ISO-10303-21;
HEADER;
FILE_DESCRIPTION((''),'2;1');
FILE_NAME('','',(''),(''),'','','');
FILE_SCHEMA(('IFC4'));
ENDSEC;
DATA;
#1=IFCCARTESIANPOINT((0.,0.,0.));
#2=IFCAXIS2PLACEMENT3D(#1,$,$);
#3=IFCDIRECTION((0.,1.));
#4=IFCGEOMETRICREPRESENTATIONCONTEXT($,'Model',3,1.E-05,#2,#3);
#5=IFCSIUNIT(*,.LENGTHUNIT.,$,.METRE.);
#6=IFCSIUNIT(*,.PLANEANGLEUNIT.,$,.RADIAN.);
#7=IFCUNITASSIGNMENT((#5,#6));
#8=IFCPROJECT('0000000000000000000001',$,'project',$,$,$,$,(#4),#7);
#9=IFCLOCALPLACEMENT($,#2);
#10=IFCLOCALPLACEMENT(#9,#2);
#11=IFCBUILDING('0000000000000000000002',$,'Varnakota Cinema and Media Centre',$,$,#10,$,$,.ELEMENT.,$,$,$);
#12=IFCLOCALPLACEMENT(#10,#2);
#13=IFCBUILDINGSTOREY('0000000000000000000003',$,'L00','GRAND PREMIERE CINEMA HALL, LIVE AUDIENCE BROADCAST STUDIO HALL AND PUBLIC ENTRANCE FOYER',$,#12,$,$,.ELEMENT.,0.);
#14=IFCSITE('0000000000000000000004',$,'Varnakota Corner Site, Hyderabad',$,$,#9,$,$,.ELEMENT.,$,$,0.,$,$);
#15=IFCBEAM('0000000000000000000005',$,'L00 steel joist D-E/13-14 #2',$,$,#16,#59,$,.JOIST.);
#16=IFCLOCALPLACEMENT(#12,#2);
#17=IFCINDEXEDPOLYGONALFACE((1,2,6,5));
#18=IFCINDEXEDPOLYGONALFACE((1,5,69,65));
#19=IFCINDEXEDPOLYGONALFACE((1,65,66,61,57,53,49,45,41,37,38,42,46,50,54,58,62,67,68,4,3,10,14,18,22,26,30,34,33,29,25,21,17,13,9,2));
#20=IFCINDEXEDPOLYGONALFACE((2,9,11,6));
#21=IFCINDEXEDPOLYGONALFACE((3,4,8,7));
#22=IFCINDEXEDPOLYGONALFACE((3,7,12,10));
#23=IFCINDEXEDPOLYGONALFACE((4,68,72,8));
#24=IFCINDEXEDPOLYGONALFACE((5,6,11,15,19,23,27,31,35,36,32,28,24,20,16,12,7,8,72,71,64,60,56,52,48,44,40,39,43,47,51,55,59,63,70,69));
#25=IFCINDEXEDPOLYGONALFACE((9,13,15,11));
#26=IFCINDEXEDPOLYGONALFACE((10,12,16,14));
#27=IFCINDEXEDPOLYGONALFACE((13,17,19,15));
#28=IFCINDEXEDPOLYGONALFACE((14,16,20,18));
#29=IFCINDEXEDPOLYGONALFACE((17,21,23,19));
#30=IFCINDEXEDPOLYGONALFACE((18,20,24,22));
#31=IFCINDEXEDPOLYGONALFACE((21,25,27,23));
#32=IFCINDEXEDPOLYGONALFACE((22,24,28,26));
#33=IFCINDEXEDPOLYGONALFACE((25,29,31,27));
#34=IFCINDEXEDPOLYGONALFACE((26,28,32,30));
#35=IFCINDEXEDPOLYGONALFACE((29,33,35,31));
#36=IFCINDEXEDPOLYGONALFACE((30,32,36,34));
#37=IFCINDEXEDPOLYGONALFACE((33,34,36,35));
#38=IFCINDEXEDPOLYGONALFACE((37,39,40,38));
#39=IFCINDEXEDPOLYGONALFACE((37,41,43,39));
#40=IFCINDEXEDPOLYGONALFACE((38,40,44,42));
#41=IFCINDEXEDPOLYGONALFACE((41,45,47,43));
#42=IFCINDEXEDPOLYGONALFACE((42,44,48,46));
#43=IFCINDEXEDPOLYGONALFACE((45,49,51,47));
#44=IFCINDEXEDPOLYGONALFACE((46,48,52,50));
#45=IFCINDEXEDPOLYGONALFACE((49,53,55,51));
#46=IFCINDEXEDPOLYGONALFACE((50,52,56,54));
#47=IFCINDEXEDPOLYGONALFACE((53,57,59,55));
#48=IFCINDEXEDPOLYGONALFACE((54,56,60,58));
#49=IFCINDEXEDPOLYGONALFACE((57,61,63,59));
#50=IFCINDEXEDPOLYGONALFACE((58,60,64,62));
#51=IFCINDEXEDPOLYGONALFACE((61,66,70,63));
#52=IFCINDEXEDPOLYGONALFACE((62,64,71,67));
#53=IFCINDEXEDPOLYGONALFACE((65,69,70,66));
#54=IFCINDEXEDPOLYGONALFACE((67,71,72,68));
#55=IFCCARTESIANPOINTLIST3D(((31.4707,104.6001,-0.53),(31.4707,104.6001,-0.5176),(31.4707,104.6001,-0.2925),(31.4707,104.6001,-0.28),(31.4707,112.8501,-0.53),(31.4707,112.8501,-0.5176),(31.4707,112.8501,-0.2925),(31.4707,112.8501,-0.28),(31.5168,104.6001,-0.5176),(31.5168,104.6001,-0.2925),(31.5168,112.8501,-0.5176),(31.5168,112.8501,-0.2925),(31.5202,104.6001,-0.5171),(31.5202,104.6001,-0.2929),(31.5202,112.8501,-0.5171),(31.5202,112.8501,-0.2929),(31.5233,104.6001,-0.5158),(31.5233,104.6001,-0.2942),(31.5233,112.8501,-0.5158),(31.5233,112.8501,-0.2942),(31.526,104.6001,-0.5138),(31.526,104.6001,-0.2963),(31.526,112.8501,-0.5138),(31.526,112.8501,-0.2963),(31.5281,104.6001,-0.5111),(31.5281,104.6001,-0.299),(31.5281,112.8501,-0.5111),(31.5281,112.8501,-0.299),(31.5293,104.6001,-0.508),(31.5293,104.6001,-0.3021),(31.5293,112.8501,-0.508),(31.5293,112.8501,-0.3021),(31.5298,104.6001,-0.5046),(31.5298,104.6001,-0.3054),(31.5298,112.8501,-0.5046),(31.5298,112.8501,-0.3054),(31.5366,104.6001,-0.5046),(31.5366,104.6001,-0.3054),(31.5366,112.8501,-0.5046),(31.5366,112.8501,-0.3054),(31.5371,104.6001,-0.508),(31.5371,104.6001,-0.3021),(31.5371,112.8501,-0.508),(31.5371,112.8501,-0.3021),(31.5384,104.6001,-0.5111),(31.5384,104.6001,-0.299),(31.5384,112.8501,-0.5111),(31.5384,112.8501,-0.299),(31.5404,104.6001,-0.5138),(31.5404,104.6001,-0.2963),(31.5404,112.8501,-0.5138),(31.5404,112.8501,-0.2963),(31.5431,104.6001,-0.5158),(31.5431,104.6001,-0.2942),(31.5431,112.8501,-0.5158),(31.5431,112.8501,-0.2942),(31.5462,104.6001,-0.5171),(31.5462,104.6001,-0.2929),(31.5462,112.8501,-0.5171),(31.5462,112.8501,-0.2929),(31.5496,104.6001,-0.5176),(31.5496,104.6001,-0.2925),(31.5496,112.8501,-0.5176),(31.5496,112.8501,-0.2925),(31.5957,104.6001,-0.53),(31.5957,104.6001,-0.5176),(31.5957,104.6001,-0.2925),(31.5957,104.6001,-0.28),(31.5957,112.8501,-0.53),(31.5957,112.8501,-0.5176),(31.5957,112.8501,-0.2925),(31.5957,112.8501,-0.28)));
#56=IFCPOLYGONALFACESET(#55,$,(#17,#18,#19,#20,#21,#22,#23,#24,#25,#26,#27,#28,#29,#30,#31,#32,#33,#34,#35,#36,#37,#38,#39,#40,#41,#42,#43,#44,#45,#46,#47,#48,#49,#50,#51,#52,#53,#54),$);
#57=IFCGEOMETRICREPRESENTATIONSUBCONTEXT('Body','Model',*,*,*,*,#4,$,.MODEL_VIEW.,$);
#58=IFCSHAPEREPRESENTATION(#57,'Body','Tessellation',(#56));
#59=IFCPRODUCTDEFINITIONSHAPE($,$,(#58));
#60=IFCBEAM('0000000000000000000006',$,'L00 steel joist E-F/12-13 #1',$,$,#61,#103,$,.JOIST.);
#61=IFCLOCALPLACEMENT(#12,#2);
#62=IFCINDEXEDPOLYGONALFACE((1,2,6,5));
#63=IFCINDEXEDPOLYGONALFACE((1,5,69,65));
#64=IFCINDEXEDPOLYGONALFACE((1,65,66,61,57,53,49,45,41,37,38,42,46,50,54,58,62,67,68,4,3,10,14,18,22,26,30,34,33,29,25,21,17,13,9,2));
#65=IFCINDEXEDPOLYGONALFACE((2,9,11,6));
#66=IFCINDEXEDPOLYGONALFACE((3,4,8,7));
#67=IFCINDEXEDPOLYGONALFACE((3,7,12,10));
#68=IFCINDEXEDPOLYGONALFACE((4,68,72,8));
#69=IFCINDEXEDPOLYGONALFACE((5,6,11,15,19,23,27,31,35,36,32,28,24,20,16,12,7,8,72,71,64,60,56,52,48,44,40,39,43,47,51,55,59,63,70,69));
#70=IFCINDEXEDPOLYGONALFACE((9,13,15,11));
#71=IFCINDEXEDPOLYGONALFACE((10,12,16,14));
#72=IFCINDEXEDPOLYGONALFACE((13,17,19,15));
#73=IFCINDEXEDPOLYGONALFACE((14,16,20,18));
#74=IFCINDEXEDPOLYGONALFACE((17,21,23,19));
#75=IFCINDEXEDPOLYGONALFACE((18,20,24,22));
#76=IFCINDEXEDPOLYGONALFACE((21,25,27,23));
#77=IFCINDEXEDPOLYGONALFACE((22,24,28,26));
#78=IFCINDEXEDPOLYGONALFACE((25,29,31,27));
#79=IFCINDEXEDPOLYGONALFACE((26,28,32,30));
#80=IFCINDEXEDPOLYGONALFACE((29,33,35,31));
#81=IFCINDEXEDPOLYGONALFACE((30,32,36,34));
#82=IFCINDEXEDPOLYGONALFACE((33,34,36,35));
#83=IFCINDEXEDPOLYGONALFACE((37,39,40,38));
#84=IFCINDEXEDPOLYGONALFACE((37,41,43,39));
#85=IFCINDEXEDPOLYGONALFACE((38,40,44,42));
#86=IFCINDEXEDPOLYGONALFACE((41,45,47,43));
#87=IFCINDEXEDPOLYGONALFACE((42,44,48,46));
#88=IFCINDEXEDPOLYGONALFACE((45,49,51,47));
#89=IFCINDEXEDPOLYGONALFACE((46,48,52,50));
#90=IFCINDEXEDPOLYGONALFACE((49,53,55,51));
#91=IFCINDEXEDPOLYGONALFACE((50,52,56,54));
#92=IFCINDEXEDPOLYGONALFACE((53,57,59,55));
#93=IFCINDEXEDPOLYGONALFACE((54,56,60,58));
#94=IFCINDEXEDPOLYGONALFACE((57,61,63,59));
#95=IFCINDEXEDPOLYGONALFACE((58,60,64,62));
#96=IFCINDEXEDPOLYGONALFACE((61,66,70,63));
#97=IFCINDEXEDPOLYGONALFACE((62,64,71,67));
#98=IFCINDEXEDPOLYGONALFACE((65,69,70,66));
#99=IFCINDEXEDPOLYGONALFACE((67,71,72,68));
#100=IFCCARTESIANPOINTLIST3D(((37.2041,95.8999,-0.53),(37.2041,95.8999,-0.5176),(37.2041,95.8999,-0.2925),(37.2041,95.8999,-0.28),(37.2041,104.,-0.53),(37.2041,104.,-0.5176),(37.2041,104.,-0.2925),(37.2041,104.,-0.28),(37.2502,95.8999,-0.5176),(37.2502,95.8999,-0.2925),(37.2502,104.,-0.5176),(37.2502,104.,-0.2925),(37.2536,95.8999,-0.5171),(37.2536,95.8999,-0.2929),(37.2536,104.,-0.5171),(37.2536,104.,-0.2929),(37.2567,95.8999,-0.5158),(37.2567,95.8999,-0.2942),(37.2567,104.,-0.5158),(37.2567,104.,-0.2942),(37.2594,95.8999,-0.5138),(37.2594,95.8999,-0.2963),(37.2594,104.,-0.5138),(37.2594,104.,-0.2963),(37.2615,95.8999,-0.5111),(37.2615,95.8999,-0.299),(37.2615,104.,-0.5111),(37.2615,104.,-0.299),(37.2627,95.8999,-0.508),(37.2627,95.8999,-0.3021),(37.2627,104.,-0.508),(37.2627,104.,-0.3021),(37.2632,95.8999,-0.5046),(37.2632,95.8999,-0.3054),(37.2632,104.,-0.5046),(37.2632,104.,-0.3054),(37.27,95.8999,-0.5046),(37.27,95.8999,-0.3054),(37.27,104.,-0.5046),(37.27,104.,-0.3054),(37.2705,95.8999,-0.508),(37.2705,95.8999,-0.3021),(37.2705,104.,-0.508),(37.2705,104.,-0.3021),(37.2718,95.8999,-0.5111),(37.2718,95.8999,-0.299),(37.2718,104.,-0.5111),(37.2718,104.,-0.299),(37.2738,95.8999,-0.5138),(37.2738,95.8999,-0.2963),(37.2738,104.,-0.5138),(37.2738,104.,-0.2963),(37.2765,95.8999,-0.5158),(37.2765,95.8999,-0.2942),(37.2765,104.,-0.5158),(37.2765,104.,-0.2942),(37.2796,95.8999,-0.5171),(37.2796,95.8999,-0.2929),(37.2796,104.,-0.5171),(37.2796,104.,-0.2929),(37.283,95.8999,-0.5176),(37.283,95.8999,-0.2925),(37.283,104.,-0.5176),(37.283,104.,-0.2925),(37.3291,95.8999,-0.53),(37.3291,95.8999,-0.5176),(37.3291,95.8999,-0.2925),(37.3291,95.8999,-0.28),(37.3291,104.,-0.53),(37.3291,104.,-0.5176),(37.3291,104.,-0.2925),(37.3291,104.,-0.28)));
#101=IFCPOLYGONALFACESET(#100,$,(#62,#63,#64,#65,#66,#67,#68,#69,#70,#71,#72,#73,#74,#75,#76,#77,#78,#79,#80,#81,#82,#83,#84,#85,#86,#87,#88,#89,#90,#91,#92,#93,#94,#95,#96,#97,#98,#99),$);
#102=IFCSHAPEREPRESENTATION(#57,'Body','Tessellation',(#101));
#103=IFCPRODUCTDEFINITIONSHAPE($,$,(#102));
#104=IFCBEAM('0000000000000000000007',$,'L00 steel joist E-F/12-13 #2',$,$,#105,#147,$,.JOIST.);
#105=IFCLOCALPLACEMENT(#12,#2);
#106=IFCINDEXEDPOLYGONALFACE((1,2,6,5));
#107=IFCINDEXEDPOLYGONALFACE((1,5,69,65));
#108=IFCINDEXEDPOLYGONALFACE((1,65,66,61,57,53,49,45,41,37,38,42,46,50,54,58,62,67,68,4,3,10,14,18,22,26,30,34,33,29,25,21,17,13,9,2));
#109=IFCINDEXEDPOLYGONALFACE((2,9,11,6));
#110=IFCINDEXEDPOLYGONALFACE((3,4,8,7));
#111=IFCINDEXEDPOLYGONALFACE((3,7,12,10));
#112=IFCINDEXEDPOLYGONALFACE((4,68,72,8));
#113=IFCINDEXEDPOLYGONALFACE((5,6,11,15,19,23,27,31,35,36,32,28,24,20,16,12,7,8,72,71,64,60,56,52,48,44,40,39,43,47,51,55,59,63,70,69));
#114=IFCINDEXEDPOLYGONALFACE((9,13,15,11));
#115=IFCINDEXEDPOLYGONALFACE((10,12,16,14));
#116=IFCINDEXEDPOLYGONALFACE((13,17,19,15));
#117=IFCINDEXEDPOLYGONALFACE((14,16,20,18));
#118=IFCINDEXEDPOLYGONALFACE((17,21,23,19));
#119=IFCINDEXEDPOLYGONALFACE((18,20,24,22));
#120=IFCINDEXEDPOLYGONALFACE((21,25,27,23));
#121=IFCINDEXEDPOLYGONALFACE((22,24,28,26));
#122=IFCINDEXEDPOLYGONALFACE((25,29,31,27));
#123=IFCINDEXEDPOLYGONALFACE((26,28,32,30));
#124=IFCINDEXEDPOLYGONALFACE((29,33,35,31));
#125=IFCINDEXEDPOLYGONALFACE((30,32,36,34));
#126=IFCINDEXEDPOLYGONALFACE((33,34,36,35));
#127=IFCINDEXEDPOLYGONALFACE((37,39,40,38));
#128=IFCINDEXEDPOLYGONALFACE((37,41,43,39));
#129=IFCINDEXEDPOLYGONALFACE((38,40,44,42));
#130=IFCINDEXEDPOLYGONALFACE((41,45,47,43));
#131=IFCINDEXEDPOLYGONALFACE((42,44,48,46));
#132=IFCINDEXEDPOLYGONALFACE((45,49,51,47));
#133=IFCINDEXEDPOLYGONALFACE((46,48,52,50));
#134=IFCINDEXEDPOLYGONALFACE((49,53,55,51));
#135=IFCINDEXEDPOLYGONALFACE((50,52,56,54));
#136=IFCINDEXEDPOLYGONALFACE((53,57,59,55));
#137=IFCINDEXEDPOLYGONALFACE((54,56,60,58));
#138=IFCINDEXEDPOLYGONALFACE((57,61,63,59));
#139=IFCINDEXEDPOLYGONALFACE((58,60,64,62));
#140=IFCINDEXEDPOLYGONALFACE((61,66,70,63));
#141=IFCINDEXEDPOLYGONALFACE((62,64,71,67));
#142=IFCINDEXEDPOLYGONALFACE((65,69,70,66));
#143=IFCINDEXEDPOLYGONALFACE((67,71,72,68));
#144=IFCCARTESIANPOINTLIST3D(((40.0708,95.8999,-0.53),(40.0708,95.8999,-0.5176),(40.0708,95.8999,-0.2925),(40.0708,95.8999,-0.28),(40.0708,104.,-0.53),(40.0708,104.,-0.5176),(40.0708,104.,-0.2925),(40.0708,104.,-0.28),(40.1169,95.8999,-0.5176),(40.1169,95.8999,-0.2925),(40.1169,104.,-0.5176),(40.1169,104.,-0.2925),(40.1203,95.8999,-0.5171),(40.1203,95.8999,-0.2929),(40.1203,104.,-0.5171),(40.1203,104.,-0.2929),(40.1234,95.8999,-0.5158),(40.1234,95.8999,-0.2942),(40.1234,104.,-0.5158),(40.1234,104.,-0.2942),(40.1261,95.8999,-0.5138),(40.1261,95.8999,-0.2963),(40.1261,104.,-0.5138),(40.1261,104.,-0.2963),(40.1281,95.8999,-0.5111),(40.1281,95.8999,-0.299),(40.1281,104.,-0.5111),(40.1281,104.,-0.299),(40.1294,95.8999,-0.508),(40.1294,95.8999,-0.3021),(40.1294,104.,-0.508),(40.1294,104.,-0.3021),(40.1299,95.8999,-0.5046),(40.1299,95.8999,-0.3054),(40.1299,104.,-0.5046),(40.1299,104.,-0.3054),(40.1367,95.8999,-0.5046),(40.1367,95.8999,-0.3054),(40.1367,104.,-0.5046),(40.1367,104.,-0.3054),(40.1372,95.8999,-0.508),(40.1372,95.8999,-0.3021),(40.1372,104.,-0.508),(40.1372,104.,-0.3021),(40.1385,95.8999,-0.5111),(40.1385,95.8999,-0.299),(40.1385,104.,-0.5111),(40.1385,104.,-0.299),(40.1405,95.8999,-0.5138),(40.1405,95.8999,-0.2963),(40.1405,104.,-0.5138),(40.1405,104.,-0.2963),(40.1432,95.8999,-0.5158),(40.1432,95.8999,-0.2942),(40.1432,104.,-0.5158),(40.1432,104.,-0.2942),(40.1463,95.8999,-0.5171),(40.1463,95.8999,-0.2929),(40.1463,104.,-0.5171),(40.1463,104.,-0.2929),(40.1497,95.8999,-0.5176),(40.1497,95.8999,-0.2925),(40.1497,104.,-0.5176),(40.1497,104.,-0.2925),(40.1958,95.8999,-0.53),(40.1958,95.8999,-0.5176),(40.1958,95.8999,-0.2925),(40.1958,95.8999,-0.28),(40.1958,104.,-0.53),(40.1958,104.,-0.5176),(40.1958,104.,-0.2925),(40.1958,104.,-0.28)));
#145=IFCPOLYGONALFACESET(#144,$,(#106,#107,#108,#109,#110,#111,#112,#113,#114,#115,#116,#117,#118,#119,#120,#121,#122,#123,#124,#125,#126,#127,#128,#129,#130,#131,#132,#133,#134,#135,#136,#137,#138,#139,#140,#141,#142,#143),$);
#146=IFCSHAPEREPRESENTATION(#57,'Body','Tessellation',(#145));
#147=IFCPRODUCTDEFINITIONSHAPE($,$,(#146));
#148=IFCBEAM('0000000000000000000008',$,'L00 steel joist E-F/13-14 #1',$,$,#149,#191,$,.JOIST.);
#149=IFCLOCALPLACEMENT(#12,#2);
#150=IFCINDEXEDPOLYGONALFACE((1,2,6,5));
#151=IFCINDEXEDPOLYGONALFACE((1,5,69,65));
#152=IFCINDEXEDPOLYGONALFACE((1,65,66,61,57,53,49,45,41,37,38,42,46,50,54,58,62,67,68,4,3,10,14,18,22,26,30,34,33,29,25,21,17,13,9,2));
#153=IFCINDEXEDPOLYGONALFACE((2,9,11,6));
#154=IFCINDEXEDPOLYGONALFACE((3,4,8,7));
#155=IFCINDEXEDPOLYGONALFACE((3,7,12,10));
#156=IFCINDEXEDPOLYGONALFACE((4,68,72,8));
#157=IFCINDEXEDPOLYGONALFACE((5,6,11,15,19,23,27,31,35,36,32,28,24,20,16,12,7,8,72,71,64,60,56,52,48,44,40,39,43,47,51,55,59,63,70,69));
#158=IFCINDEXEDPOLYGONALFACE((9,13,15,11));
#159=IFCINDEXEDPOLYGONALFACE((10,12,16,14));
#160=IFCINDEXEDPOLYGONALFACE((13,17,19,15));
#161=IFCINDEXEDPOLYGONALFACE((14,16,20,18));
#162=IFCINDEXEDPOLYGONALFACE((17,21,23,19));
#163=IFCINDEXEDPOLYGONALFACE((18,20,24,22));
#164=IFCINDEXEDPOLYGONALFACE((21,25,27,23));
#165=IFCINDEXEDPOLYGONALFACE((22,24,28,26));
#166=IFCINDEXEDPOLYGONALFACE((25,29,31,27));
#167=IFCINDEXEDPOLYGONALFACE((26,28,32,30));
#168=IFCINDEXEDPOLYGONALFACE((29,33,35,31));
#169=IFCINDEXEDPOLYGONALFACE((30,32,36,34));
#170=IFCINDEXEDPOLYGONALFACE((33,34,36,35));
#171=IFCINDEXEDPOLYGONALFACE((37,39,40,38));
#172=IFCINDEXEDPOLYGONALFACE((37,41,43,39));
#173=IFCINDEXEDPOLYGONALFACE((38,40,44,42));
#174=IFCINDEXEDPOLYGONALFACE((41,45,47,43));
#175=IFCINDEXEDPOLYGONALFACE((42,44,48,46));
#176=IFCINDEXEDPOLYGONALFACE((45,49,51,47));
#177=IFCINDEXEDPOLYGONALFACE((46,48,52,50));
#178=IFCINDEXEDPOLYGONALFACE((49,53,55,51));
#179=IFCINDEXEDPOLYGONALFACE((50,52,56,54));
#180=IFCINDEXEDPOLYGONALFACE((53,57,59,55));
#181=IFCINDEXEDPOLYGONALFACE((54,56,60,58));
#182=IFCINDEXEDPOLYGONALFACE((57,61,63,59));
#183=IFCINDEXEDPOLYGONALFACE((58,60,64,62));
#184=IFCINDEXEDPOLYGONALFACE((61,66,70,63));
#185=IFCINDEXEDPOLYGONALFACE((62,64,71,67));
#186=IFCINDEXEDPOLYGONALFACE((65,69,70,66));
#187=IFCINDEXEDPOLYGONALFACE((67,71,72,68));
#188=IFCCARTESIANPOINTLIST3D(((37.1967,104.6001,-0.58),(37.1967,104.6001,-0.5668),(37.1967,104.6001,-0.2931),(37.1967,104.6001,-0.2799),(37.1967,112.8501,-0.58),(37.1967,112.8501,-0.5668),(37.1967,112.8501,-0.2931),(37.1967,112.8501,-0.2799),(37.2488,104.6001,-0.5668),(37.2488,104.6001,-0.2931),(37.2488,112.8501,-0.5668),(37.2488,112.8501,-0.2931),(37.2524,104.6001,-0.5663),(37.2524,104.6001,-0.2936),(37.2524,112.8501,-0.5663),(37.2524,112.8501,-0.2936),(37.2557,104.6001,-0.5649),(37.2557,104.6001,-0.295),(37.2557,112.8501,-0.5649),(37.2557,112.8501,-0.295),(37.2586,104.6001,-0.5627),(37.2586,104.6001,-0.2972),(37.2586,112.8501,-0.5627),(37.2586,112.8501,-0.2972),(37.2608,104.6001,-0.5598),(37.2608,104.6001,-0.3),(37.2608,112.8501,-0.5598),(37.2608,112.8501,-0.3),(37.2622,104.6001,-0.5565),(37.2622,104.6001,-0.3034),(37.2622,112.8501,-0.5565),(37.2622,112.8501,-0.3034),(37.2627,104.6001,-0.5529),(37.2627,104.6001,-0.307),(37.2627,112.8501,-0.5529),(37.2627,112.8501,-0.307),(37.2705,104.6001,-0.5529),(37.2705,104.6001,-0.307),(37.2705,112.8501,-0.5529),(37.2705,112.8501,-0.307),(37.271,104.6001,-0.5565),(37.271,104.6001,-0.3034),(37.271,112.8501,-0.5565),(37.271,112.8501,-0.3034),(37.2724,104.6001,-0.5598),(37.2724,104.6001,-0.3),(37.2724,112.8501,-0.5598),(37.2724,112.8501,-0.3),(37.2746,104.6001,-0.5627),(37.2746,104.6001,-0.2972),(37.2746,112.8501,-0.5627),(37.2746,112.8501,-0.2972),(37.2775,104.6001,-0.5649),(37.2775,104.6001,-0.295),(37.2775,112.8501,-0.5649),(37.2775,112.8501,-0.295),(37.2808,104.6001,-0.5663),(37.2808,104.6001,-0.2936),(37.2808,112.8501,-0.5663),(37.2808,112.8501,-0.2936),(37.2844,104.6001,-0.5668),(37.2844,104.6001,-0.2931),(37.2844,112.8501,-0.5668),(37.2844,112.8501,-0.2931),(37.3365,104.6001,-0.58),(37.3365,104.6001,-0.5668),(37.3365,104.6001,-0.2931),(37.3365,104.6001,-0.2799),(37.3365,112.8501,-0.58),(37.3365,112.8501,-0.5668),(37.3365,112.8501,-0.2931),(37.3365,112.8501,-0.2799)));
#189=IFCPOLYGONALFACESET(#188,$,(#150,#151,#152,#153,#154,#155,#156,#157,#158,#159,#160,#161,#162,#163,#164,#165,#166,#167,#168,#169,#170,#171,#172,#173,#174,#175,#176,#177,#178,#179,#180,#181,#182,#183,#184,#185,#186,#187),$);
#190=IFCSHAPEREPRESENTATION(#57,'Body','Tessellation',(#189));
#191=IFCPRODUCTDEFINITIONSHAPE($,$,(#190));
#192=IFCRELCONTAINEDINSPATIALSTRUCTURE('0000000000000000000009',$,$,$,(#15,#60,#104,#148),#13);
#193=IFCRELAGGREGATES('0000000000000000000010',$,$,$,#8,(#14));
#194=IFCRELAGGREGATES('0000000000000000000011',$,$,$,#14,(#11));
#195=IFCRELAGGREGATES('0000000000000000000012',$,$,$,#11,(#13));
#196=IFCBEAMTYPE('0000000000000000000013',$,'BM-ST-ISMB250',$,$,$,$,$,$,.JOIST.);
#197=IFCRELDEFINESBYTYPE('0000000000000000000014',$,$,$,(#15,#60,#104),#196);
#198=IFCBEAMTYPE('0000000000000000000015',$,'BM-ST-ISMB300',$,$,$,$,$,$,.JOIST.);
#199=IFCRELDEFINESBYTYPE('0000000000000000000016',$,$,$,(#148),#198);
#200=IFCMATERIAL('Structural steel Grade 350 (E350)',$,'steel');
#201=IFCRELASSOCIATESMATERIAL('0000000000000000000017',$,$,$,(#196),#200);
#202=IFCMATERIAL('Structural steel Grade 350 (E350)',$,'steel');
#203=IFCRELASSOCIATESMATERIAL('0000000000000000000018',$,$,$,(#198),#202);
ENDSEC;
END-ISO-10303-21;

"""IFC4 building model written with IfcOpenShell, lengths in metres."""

from ifc_helpers import new_model, si_unit, direction, frame, origin, origin_2d, place, context, subcontext, project, spatial, i_section, extrude, material, material_profile, profile_set, type_object, element, save


model = new_model("IFC4")

# Units and contexts
model_context = context("Model", 3, precision=1e-05, world=origin(), true_north=direction((0.0, 1.0)))
body_context = subcontext(model_context, "Body", "Model", "MODEL_VIEW")
ifc_project = project(units=[si_unit("LENGTHUNIT", "METRE"), si_unit("PLANEANGLEUNIT", "RADIAN")], contexts=[model_context])

# Site, building, storey
site_placement = place(None, origin())
site = spatial("IfcSite", under=ifc_project, at=site_placement, Name="Varnakota Corner Site, Hyderabad", CompositionType="ELEMENT", RefElevation=0.0)
building_placement = place(site_placement, origin())
building = spatial("IfcBuilding", under=site, at=building_placement, Name="Varnakota Cinema and Media Centre", CompositionType="ELEMENT")
storey_placement = place(building_placement, origin())
storey = spatial("IfcBuildingStorey", under=building, at=storey_placement, Name="L00", Description="GRAND PREMIERE CINEMA HALL, LIVE AUDIENCE BROADCAST STUDIO HALL AND PUBLIC ENTRANCE FOYER", CompositionType="ELEMENT", Elevation=0.0)

# Beams
ifc_material_1 = material(Name="Structural steel Grade 350 (E350)", Category="steel")
ifc_material_profile_1 = material_profile(ifc_material_1, i_section(OverallWidth=0.125, OverallDepth=0.25, WebThickness=0.0068, FlangeThickness=0.0125, FilletRadius=0.0129, at=origin_2d()), Name="ISMB 250")
ifc_profile_set_1 = profile_set([ifc_material_profile_1], Name="Structural steel Grade 350 (E350)")
beam_type_1 = type_object("IfcBeamType", Name="BM-ST-ISMB250", PredefinedType="JOIST", material=ifc_profile_set_1)
for number, where, z_axis, x_axis, name in (
    (1, (31.5332, 104.6001, -0.405), (0.0, 1.0, 0.0), (-1.0, 0.0, 0.0), "L00 steel joist D-E/13-14 #2"),
):
    element("IfcBeam", number, at=place(storey_placement, frame(where, z_axis=z_axis, x_axis=x_axis)), inside=storey, type_object=beam_type_1, Name=name, PredefinedType="JOIST", context=body_context, shape_type="SweptSolid", body=[
        extrude(i_section(OverallWidth=0.125, OverallDepth=0.25, WebThickness=0.0068, FlangeThickness=0.0125, FilletRadius=0.0129, at=origin_2d()), origin(), (0.0, 0.0, 1.0), 8.25),
    ])
for number, where, z_axis, x_axis, name in (
    (2, (37.2666, 95.8999, -0.405), (0.0, 1.0, 0.0), (-1.0, 0.0, 0.0), "L00 steel joist E-F/12-13 #1"),
    (3, (40.1333, 95.8999, -0.405), (0.0, 1.0, 0.0), (-1.0, 0.0, 0.0), "L00 steel joist E-F/12-13 #2"),
):
    element("IfcBeam", number, at=place(storey_placement, frame(where, z_axis=z_axis, x_axis=x_axis)), inside=storey, type_object=beam_type_1, Name=name, PredefinedType="JOIST", context=body_context, shape_type="SweptSolid", body=[
        extrude(i_section(OverallWidth=0.125, OverallDepth=0.25, WebThickness=0.0068, FlangeThickness=0.0125, FilletRadius=0.0129, at=origin_2d()), origin(), (0.0, 0.0, 1.0), 8.1001),
    ])
ifc_material_2 = material(Name="Structural steel Grade 350 (E350)", Category="steel")
ifc_material_profile_2 = material_profile(ifc_material_2, i_section(OverallWidth=0.1399, OverallDepth=0.3, WebThickness=0.0078, FlangeThickness=0.0132, FilletRadius=0.0139, at=origin_2d()), Name="ISMB 300")
ifc_profile_set_2 = profile_set([ifc_material_profile_2], Name="Structural steel Grade 350 (E350)")
beam_type_2 = type_object("IfcBeamType", Name="BM-ST-ISMB300", PredefinedType="JOIST", material=ifc_profile_set_2)
for number, where, z_axis, x_axis, name in (
    (4, (37.2666, 104.6001, -0.4299), (0.0, 1.0, 0.0), (-1.0, 0.0, 0.0), "L00 steel joist E-F/13-14 #1"),
):
    element("IfcBeam", number, at=place(storey_placement, frame(where, z_axis=z_axis, x_axis=x_axis)), inside=storey, type_object=beam_type_2, Name=name, PredefinedType="JOIST", context=body_context, shape_type="SweptSolid", body=[
        extrude(i_section(OverallWidth=0.1399, OverallDepth=0.3, WebThickness=0.0078, FlangeThickness=0.0132, FilletRadius=0.0139, at=origin_2d()), origin(), (0.0, 0.0, 1.0), 8.25),
    ])

save(model, "model.ifc")
